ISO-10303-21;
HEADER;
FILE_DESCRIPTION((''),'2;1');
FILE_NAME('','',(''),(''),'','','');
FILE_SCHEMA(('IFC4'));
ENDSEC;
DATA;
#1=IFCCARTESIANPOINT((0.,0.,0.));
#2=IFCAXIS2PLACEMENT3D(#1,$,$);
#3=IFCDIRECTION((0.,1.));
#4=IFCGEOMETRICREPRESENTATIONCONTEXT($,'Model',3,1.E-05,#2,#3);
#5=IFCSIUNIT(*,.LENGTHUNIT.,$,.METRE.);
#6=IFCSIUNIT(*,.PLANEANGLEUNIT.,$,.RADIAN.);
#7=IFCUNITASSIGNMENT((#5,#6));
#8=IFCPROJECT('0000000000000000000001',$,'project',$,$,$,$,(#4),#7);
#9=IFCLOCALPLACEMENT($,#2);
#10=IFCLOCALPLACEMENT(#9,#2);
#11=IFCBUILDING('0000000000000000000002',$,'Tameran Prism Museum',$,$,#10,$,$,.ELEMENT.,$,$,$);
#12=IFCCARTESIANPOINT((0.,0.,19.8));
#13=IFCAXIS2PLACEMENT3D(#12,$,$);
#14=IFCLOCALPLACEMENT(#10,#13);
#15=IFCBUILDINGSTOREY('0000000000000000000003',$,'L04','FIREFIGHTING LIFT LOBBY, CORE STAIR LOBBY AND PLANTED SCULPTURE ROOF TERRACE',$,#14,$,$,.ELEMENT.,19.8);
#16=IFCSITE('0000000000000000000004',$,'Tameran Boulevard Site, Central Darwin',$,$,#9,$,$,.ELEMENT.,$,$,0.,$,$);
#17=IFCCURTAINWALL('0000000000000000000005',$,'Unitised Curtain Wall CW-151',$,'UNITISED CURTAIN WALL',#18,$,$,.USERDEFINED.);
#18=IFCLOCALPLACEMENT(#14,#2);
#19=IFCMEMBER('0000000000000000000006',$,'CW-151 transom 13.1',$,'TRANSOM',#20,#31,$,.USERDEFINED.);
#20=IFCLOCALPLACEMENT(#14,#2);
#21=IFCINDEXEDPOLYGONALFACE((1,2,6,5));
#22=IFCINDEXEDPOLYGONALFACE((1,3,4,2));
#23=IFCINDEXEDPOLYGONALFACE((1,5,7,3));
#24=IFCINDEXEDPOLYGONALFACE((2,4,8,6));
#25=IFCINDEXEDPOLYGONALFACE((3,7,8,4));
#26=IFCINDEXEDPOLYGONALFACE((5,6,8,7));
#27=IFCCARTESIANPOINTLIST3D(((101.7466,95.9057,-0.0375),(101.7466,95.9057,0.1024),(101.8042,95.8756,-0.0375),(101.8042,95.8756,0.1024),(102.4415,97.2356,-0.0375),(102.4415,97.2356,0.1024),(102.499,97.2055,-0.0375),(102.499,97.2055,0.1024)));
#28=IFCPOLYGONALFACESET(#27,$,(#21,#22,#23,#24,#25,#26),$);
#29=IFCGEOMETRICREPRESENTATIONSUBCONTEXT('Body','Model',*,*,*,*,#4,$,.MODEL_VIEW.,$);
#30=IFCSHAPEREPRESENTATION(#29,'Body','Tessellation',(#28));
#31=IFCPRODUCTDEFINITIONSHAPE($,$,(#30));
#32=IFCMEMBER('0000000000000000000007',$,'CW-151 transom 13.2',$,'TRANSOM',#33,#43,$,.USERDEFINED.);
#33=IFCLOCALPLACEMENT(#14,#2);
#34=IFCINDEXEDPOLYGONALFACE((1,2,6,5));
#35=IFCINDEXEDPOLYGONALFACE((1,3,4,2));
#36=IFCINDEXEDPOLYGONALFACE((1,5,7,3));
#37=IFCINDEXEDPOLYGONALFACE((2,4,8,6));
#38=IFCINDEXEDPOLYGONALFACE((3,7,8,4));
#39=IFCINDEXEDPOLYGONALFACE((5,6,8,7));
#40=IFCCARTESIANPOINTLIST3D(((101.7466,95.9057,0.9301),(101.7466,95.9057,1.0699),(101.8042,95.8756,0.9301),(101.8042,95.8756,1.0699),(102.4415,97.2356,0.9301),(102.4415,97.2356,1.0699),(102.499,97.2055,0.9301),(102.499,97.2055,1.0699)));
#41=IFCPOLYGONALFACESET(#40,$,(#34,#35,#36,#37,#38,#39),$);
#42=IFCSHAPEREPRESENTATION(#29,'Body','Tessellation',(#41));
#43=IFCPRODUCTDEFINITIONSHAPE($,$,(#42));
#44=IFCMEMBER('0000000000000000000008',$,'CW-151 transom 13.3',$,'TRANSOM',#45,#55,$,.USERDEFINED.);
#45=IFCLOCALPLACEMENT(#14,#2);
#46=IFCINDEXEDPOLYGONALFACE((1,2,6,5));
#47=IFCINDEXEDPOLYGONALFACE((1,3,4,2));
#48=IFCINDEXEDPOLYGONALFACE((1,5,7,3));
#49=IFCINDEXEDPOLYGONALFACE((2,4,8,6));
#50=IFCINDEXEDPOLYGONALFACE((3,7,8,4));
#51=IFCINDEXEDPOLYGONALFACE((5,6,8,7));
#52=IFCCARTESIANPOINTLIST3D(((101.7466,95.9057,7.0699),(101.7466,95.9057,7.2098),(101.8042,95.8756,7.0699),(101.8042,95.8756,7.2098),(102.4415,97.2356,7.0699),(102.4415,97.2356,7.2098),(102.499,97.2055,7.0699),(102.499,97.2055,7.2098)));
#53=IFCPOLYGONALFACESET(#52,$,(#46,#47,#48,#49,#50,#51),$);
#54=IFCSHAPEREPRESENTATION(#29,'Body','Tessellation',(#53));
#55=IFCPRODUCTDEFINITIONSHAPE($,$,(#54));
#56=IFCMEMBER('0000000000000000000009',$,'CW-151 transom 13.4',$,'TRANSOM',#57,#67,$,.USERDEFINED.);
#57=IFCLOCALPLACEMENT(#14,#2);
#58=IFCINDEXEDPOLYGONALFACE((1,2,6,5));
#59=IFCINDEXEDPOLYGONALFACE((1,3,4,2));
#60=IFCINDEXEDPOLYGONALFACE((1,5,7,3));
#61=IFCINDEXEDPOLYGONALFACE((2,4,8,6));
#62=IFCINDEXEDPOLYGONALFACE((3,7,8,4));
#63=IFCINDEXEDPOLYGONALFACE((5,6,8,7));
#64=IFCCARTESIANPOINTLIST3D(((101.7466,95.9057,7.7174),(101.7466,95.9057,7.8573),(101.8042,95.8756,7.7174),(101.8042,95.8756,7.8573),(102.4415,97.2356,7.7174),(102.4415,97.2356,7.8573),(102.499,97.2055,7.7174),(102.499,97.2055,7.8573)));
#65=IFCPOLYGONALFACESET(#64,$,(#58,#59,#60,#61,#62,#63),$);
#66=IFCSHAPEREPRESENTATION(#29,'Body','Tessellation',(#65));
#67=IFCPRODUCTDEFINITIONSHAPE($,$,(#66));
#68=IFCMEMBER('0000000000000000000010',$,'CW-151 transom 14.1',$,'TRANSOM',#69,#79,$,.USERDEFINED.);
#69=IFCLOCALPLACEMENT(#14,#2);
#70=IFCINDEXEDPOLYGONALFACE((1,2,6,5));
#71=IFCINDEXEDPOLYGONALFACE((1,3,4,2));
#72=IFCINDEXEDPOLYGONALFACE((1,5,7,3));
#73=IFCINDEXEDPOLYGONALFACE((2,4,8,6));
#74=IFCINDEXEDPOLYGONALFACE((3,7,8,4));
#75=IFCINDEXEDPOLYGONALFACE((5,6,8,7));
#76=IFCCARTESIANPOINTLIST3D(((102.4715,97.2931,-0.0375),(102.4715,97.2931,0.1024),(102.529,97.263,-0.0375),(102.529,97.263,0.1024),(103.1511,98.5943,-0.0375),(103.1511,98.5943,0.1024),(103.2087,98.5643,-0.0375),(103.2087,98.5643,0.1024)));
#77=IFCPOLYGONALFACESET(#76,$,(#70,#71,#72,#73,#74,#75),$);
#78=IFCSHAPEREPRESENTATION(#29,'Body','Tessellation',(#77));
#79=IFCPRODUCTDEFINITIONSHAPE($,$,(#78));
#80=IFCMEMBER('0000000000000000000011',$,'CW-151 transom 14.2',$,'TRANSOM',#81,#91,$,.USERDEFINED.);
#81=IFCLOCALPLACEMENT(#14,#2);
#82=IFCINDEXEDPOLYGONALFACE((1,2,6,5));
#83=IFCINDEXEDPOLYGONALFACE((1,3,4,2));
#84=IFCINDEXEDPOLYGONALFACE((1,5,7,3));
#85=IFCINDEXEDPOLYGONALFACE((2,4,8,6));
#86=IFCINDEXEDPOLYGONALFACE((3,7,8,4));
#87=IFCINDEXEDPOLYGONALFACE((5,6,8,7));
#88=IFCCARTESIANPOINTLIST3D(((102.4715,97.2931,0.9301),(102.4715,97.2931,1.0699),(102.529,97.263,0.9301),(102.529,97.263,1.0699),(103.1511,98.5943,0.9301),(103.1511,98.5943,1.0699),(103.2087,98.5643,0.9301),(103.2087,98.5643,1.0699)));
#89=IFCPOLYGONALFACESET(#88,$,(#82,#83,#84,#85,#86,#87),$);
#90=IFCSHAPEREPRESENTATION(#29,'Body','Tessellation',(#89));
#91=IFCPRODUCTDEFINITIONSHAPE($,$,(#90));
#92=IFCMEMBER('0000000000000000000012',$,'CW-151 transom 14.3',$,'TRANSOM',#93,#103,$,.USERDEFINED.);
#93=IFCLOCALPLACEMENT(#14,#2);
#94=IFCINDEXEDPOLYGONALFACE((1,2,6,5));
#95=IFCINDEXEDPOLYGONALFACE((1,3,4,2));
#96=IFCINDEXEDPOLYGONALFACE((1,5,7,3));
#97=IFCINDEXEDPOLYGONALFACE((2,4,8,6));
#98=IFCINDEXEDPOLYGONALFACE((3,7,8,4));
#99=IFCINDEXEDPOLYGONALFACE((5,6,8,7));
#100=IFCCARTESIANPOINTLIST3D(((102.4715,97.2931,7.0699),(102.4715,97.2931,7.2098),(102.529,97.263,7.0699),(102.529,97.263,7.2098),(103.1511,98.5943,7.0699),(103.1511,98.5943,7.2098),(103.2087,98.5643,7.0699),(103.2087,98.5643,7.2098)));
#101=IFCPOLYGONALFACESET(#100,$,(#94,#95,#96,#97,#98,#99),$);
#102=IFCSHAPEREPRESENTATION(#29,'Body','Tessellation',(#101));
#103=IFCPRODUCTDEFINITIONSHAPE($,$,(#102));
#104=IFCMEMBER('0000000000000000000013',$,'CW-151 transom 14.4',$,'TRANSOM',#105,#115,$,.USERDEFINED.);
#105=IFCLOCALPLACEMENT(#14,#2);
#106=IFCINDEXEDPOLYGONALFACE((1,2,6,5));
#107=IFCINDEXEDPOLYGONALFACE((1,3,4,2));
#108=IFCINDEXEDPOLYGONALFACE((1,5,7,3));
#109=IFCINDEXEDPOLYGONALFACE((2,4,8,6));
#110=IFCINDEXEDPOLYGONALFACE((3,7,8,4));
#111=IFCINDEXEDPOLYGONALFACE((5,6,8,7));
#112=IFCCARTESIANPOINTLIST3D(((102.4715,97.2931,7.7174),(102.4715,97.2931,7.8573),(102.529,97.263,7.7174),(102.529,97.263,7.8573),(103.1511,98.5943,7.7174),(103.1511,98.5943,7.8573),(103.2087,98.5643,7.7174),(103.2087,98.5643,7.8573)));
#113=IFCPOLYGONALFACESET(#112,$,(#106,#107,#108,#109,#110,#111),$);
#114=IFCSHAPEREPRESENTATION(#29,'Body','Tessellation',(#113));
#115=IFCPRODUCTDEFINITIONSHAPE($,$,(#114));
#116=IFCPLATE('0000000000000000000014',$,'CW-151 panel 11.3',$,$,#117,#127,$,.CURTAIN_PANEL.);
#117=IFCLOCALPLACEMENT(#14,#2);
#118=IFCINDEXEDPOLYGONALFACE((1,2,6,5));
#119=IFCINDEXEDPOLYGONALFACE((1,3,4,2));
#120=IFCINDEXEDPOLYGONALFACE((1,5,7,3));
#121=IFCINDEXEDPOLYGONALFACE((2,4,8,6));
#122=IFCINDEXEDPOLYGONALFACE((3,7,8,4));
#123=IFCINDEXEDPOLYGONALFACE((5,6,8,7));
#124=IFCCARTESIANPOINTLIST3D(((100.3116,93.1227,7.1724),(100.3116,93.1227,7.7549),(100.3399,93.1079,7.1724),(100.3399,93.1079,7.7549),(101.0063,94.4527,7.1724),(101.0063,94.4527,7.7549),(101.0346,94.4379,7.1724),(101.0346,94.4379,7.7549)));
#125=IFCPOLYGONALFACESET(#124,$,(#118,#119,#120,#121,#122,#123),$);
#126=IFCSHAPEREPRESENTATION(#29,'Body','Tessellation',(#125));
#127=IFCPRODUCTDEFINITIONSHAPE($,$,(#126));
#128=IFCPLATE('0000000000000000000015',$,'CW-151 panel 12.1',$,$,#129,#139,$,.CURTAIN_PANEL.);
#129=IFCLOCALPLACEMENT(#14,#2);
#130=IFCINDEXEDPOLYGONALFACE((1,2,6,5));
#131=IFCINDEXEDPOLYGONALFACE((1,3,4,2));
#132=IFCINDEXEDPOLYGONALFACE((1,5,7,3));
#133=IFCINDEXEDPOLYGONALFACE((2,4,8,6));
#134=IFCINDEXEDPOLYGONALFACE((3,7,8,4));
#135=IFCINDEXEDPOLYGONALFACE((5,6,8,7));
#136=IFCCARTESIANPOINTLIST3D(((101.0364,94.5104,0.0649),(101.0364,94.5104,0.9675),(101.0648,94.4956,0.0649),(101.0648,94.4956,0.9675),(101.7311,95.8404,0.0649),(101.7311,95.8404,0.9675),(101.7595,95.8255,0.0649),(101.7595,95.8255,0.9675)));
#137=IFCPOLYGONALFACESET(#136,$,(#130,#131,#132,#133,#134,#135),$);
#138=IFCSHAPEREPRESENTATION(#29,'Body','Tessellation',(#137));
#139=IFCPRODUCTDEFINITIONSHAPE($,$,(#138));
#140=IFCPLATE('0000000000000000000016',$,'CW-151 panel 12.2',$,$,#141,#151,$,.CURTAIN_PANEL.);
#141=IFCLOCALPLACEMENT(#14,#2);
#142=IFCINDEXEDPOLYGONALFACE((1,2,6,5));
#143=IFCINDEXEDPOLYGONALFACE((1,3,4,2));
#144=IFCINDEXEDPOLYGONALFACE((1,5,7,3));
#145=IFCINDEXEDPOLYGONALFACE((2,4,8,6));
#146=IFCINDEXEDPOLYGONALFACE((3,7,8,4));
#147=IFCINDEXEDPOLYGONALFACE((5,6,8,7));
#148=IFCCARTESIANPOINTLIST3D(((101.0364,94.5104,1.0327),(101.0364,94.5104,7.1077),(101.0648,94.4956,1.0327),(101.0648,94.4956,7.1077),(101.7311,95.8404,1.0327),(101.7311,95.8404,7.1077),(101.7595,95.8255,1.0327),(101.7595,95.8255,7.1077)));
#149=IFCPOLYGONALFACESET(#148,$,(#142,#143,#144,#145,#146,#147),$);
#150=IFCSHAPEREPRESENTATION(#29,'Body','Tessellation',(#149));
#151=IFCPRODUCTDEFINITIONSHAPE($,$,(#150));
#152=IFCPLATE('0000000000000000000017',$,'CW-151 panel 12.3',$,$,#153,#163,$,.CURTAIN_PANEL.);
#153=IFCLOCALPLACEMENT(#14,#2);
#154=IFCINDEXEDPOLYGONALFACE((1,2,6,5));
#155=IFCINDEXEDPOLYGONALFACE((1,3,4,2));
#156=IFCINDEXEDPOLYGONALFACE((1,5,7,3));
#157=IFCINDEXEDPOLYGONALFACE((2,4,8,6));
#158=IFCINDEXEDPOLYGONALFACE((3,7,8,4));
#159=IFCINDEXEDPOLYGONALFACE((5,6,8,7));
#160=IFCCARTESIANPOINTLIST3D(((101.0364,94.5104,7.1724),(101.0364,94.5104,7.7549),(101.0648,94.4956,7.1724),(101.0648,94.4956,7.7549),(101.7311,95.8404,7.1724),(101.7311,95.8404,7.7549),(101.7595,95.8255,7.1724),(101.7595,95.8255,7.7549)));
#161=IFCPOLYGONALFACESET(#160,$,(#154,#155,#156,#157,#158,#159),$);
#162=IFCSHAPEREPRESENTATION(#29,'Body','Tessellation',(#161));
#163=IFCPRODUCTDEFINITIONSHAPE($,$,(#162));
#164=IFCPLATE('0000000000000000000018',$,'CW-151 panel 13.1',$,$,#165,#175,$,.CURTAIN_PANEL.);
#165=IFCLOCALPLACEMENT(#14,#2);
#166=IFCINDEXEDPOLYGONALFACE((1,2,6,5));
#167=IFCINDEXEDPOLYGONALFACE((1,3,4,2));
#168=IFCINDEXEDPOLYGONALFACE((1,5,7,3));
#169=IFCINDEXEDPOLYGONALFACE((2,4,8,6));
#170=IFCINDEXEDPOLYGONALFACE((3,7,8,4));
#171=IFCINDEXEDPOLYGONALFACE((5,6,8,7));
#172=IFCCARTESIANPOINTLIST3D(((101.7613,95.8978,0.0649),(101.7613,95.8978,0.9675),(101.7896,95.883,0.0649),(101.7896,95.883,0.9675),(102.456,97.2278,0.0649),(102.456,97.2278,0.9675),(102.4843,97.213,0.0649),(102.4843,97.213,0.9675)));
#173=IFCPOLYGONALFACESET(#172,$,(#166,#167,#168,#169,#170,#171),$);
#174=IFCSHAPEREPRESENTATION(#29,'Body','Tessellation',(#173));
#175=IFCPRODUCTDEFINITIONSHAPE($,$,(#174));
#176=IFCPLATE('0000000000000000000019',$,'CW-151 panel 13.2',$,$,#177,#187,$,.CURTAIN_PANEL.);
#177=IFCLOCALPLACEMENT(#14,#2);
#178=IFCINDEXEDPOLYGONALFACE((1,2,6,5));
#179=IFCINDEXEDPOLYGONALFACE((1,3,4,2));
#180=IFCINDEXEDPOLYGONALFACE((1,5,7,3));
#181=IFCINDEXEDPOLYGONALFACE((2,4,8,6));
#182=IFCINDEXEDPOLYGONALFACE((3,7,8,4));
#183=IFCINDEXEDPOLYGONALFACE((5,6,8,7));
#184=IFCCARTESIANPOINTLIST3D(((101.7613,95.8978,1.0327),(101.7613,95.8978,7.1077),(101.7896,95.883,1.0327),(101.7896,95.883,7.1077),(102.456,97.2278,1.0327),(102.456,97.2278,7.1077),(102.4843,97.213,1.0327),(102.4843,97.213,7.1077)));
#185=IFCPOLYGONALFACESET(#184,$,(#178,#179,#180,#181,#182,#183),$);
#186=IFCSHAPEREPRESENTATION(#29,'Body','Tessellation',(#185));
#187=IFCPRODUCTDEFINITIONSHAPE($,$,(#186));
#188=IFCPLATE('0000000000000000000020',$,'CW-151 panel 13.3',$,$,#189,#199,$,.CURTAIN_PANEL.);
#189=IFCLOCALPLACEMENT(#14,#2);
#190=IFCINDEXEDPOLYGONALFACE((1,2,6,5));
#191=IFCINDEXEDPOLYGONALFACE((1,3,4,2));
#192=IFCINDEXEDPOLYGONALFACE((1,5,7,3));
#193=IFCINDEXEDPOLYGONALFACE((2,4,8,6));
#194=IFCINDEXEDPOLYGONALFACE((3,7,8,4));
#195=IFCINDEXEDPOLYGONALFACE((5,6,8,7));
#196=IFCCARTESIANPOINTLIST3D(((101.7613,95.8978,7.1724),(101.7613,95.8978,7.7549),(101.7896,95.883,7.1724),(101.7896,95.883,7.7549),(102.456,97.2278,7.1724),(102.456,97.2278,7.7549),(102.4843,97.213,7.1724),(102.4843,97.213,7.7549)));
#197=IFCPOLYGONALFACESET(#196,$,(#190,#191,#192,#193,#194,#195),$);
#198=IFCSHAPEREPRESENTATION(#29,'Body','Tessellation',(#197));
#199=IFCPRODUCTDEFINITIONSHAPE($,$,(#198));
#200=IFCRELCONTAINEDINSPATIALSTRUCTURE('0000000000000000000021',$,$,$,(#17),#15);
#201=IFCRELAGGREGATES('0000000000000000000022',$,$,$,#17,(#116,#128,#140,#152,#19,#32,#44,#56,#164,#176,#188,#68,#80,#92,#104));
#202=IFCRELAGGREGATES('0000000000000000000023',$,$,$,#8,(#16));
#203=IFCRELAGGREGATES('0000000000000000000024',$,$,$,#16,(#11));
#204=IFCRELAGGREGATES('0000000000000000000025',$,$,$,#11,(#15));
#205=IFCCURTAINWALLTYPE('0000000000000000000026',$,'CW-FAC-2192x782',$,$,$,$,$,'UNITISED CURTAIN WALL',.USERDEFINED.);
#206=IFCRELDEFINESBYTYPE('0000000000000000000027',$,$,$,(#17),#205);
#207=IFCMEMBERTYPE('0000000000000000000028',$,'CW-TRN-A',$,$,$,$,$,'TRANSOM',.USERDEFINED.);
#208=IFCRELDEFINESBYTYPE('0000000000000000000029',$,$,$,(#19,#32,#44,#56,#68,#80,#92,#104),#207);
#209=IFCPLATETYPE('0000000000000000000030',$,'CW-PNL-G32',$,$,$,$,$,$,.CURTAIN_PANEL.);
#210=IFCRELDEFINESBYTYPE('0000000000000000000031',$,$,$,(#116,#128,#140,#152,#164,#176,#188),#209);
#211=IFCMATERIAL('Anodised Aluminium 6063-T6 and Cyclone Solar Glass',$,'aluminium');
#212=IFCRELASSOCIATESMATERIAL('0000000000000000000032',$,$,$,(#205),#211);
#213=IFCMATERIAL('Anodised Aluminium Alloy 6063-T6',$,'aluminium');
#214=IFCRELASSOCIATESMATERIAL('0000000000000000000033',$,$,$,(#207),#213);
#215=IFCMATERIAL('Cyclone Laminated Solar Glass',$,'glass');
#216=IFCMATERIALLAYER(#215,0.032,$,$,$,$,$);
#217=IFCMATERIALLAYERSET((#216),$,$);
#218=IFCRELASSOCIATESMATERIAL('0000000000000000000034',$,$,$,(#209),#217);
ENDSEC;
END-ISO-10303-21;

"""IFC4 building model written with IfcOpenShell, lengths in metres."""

from ifc_helpers import new_model, si_unit, direction, frame, origin, origin_2d, place, context, subcontext, project, spatial, rectangle, extrude, material, layer, layer_set, material_profile, profile_set, type_object, element, aggregate, save


model = new_model("IFC4")

# Units and contexts
model_context = context("Model", 3, precision=1e-05, world=origin(), true_north=direction((0.0, 1.0)))
body_context = subcontext(model_context, "Body", "Model", "MODEL_VIEW")
ifc_project = project(units=[si_unit("LENGTHUNIT", "METRE"), si_unit("PLANEANGLEUNIT", "RADIAN")], contexts=[model_context])

# Site, building, storey
site_placement = place(None, origin())
site = spatial("IfcSite", under=ifc_project, at=site_placement, Name="Tameran Boulevard Site, Central Darwin", CompositionType="ELEMENT", RefElevation=0.0)
building_placement = place(site_placement, origin())
building = spatial("IfcBuilding", under=site, at=building_placement, Name="Tameran Prism Museum", CompositionType="ELEMENT")
storey_placement = place(building_placement, frame((0.0, 0.0, 19.8)))
storey = spatial("IfcBuildingStorey", under=building, at=storey_placement, Name="L04", Description="FIREFIGHTING LIFT LOBBY, CORE STAIR LOBBY AND PLANTED SCULPTURE ROOF TERRACE", CompositionType="ELEMENT", Elevation=19.8)

# Curtain wall, members, plates
ifc_material_1 = material(Name="Anodised Aluminium 6063-T6 and Cyclone Solar Glass", Category="aluminium")
curtain_wall_type = type_object("IfcCurtainWallType", Name="CW-FAC-2192x782", ElementType="UNITISED CURTAIN WALL", PredefinedType="USERDEFINED", material=ifc_material_1)
curtain_wall_placement = place(storey_placement, origin())
curtain_wall = element("IfcCurtainWall", 1, at=curtain_wall_placement, inside=storey, type_object=curtain_wall_type, Name="Unitised Curtain Wall CW-151", ObjectType="UNITISED CURTAIN WALL", PredefinedType="USERDEFINED")
ifc_material_2 = material(Name="Anodised Aluminium Alloy 6063-T6", Category="aluminium")
ifc_material_profile_1 = material_profile(ifc_material_2, rectangle(XDim=0.0649, YDim=0.1399, at=origin_2d()))
ifc_profile_set_1 = profile_set([ifc_material_profile_1])
member_type_1 = type_object("IfcMemberType", Name="CW-TRN-A", ElementType="TRANSOM", PredefinedType="USERDEFINED", material=ifc_profile_set_1)
member_1_placement = place(storey_placement, frame((101.7754, 95.8906, 0.0325), z_axis=(0.463089, 0.886312, 0.0), x_axis=(-0.886312, 0.463089, 0.0)))
member_1 = element("IfcMember", 2, at=member_1_placement, type_object=member_type_1, Name="CW-151 transom 13.1", ObjectType="TRANSOM", PredefinedType="USERDEFINED", context=body_context, shape_type="SweptSolid", body=[
    extrude(rectangle(XDim=0.0649, YDim=0.1399, at=origin_2d()), origin(), (0.0, 0.0, 1.0), 1.5005),
])
member_2_placement = place(storey_placement, frame((101.7754, 95.8906, 1.0), z_axis=(0.463089, 0.886312, 0.0), x_axis=(-0.886312, 0.463089, 0.0)))
member_2 = element("IfcMember", 3, at=member_2_placement, type_object=member_type_1, Name="CW-151 transom 13.2", ObjectType="TRANSOM", PredefinedType="USERDEFINED", context=body_context, shape_type="SweptSolid", body=[
    extrude(rectangle(XDim=0.0649, YDim=0.1399, at=origin_2d()), origin(), (0.0, 0.0, 1.0), 1.5005),
])
member_3_placement = place(storey_placement, frame((101.7754, 95.8906, 7.1399), z_axis=(0.463089, 0.886312, 0.0), x_axis=(-0.886312, 0.463089, 0.0)))
member_3 = element("IfcMember", 4, at=member_3_placement, type_object=member_type_1, Name="CW-151 transom 13.3", ObjectType="TRANSOM", PredefinedType="USERDEFINED", context=body_context, shape_type="SweptSolid", body=[
    extrude(rectangle(XDim=0.0649, YDim=0.1399, at=origin_2d()), origin(), (0.0, 0.0, 1.0), 1.5005),
])
member_4_placement = place(storey_placement, frame((101.7754, 95.8906, 7.7874), z_axis=(0.463089, 0.886312, 0.0), x_axis=(-0.886312, 0.463089, 0.0)))
member_4 = element("IfcMember", 5, at=member_4_placement, type_object=member_type_1, Name="CW-151 transom 13.4", ObjectType="TRANSOM", PredefinedType="USERDEFINED", context=body_context, shape_type="SweptSolid", body=[
    extrude(rectangle(XDim=0.0649, YDim=0.1399, at=origin_2d()), origin(), (0.0, 0.0, 1.0), 1.5005),
])
member_5_placement = place(storey_placement, frame((102.5002, 97.2781, 0.0325), z_axis=(0.462975, 0.886371, 0.0), x_axis=(-0.886371, 0.462975, 0.0)))
member_5 = element("IfcMember", 6, at=member_5_placement, type_object=member_type_1, Name="CW-151 transom 14.1", ObjectType="TRANSOM", PredefinedType="USERDEFINED", context=body_context, shape_type="SweptSolid", body=[
    extrude(rectangle(XDim=0.0649, YDim=0.1399, at=origin_2d()), origin(), (0.0, 0.0, 1.0), 1.468),
])
member_6_placement = place(storey_placement, frame((102.5002, 97.2781, 1.0), z_axis=(0.462975, 0.886371, 0.0), x_axis=(-0.886371, 0.462975, 0.0)))
member_6 = element("IfcMember", 7, at=member_6_placement, type_object=member_type_1, Name="CW-151 transom 14.2", ObjectType="TRANSOM", PredefinedType="USERDEFINED", context=body_context, shape_type="SweptSolid", body=[
    extrude(rectangle(XDim=0.0649, YDim=0.1399, at=origin_2d()), origin(), (0.0, 0.0, 1.0), 1.468),
])
member_7_placement = place(storey_placement, frame((102.5002, 97.2781, 7.1399), z_axis=(0.462975, 0.886371, 0.0), x_axis=(-0.886371, 0.462975, 0.0)))
member_7 = element("IfcMember", 8, at=member_7_placement, type_object=member_type_1, Name="CW-151 transom 14.3", ObjectType="TRANSOM", PredefinedType="USERDEFINED", context=body_context, shape_type="SweptSolid", body=[
    extrude(rectangle(XDim=0.0649, YDim=0.1399, at=origin_2d()), origin(), (0.0, 0.0, 1.0), 1.468),
])
member_8_placement = place(storey_placement, frame((102.5002, 97.2781, 7.7874), z_axis=(0.462975, 0.886371, 0.0), x_axis=(-0.886371, 0.462975, 0.0)))
member_8 = element("IfcMember", 9, at=member_8_placement, type_object=member_type_1, Name="CW-151 transom 14.4", ObjectType="TRANSOM", PredefinedType="USERDEFINED", context=body_context, shape_type="SweptSolid", body=[
    extrude(rectangle(XDim=0.0649, YDim=0.1399, at=origin_2d()), origin(), (0.0, 0.0, 1.0), 1.468),
])
ifc_material_3 = material(Name="Cyclone Laminated Solar Glass", Category="glass")
ifc_layer = layer(ifc_material_3, 0.032)
ifc_layer_set = layer_set([ifc_layer])
plate_type = type_object("IfcPlateType", Name="CW-PNL-G32", PredefinedType="CURTAIN_PANEL", material=ifc_layer_set)
plate_1_placement = place(storey_placement, frame((100.6731, 93.7803, 7.1724), z_axis=(0.0, 0.0, 1.0), x_axis=(0.463003, 0.886357, 0.0)))
plate_1 = element("IfcPlate", 10, at=plate_1_placement, type_object=plate_type, Name="CW-151 panel 11.3", PredefinedType="CURTAIN_PANEL", context=body_context, shape_type="SweptSolid", body=[
    extrude(rectangle(XDim=1.5005, YDim=0.032, at=origin_2d()), origin(), (0.0, 0.0, 1.0), 0.5825),
])
plate_2_placement = place(storey_placement, frame((101.3979, 95.168, 0.0649), z_axis=(0.0, 0.0, 1.0), x_axis=(0.463003, 0.886357, 0.0)))
plate_2 = element("IfcPlate", 11, at=plate_2_placement, type_object=plate_type, Name="CW-151 panel 12.1", PredefinedType="CURTAIN_PANEL", context=body_context, shape_type="SweptSolid", body=[
    extrude(rectangle(XDim=1.5005, YDim=0.032, at=origin_2d()), origin(), (0.0, 0.0, 1.0), 0.9026),
])
plate_3_placement = place(storey_placement, frame((101.3979, 95.168, 1.0327), z_axis=(0.0, 0.0, 1.0), x_axis=(0.463003, 0.886357, 0.0)))
plate_3 = element("IfcPlate", 12, at=plate_3_placement, type_object=plate_type, Name="CW-151 panel 12.2", PredefinedType="CURTAIN_PANEL", context=body_context, shape_type="SweptSolid", body=[
    extrude(rectangle(XDim=1.5005, YDim=0.032, at=origin_2d()), origin(), (0.0, 0.0, 1.0), 6.075),
])
plate_4_placement = place(storey_placement, frame((101.3979, 95.168, 7.1724), z_axis=(0.0, 0.0, 1.0), x_axis=(0.463003, 0.886357, 0.0)))
plate_4 = element("IfcPlate", 13, at=plate_4_placement, type_object=plate_type, Name="CW-151 panel 12.3", PredefinedType="CURTAIN_PANEL", context=body_context, shape_type="SweptSolid", body=[
    extrude(rectangle(XDim=1.5005, YDim=0.032, at=origin_2d()), origin(), (0.0, 0.0, 1.0), 0.5825),
])
plate_5_placement = place(storey_placement, frame((102.1228, 96.5554, 0.0649), z_axis=(0.0, 0.0, 1.0), x_axis=(0.463003, 0.886357, 0.0)))
plate_5 = element("IfcPlate", 14, at=plate_5_placement, type_object=plate_type, Name="CW-151 panel 13.1", PredefinedType="CURTAIN_PANEL", context=body_context, shape_type="SweptSolid", body=[
    extrude(rectangle(XDim=1.5005, YDim=0.032, at=origin_2d()), origin(), (0.0, 0.0, 1.0), 0.9026),
])
plate_6_placement = place(storey_placement, frame((102.1228, 96.5554, 1.0327), z_axis=(0.0, 0.0, 1.0), x_axis=(0.463003, 0.886357, 0.0)))
plate_6 = element("IfcPlate", 15, at=plate_6_placement, type_object=plate_type, Name="CW-151 panel 13.2", PredefinedType="CURTAIN_PANEL", context=body_context, shape_type="SweptSolid", body=[
    extrude(rectangle(XDim=1.5005, YDim=0.032, at=origin_2d()), origin(), (0.0, 0.0, 1.0), 6.075),
])
plate_7_placement = place(storey_placement, frame((102.1228, 96.5554, 7.1724), z_axis=(0.0, 0.0, 1.0), x_axis=(0.463003, 0.886357, 0.0)))
plate_7 = element("IfcPlate", 16, at=plate_7_placement, type_object=plate_type, Name="CW-151 panel 13.3", PredefinedType="CURTAIN_PANEL", context=body_context, shape_type="SweptSolid", body=[
    extrude(rectangle(XDim=1.5005, YDim=0.032, at=origin_2d()), origin(), (0.0, 0.0, 1.0), 0.5825),
])
aggregate(curtain_wall, [plate_1, plate_2, plate_3, plate_4, member_1, member_2, member_3, member_4, plate_5, plate_6, plate_7, member_5, member_6, member_7, member_8])

save(model, "model.ifc")
